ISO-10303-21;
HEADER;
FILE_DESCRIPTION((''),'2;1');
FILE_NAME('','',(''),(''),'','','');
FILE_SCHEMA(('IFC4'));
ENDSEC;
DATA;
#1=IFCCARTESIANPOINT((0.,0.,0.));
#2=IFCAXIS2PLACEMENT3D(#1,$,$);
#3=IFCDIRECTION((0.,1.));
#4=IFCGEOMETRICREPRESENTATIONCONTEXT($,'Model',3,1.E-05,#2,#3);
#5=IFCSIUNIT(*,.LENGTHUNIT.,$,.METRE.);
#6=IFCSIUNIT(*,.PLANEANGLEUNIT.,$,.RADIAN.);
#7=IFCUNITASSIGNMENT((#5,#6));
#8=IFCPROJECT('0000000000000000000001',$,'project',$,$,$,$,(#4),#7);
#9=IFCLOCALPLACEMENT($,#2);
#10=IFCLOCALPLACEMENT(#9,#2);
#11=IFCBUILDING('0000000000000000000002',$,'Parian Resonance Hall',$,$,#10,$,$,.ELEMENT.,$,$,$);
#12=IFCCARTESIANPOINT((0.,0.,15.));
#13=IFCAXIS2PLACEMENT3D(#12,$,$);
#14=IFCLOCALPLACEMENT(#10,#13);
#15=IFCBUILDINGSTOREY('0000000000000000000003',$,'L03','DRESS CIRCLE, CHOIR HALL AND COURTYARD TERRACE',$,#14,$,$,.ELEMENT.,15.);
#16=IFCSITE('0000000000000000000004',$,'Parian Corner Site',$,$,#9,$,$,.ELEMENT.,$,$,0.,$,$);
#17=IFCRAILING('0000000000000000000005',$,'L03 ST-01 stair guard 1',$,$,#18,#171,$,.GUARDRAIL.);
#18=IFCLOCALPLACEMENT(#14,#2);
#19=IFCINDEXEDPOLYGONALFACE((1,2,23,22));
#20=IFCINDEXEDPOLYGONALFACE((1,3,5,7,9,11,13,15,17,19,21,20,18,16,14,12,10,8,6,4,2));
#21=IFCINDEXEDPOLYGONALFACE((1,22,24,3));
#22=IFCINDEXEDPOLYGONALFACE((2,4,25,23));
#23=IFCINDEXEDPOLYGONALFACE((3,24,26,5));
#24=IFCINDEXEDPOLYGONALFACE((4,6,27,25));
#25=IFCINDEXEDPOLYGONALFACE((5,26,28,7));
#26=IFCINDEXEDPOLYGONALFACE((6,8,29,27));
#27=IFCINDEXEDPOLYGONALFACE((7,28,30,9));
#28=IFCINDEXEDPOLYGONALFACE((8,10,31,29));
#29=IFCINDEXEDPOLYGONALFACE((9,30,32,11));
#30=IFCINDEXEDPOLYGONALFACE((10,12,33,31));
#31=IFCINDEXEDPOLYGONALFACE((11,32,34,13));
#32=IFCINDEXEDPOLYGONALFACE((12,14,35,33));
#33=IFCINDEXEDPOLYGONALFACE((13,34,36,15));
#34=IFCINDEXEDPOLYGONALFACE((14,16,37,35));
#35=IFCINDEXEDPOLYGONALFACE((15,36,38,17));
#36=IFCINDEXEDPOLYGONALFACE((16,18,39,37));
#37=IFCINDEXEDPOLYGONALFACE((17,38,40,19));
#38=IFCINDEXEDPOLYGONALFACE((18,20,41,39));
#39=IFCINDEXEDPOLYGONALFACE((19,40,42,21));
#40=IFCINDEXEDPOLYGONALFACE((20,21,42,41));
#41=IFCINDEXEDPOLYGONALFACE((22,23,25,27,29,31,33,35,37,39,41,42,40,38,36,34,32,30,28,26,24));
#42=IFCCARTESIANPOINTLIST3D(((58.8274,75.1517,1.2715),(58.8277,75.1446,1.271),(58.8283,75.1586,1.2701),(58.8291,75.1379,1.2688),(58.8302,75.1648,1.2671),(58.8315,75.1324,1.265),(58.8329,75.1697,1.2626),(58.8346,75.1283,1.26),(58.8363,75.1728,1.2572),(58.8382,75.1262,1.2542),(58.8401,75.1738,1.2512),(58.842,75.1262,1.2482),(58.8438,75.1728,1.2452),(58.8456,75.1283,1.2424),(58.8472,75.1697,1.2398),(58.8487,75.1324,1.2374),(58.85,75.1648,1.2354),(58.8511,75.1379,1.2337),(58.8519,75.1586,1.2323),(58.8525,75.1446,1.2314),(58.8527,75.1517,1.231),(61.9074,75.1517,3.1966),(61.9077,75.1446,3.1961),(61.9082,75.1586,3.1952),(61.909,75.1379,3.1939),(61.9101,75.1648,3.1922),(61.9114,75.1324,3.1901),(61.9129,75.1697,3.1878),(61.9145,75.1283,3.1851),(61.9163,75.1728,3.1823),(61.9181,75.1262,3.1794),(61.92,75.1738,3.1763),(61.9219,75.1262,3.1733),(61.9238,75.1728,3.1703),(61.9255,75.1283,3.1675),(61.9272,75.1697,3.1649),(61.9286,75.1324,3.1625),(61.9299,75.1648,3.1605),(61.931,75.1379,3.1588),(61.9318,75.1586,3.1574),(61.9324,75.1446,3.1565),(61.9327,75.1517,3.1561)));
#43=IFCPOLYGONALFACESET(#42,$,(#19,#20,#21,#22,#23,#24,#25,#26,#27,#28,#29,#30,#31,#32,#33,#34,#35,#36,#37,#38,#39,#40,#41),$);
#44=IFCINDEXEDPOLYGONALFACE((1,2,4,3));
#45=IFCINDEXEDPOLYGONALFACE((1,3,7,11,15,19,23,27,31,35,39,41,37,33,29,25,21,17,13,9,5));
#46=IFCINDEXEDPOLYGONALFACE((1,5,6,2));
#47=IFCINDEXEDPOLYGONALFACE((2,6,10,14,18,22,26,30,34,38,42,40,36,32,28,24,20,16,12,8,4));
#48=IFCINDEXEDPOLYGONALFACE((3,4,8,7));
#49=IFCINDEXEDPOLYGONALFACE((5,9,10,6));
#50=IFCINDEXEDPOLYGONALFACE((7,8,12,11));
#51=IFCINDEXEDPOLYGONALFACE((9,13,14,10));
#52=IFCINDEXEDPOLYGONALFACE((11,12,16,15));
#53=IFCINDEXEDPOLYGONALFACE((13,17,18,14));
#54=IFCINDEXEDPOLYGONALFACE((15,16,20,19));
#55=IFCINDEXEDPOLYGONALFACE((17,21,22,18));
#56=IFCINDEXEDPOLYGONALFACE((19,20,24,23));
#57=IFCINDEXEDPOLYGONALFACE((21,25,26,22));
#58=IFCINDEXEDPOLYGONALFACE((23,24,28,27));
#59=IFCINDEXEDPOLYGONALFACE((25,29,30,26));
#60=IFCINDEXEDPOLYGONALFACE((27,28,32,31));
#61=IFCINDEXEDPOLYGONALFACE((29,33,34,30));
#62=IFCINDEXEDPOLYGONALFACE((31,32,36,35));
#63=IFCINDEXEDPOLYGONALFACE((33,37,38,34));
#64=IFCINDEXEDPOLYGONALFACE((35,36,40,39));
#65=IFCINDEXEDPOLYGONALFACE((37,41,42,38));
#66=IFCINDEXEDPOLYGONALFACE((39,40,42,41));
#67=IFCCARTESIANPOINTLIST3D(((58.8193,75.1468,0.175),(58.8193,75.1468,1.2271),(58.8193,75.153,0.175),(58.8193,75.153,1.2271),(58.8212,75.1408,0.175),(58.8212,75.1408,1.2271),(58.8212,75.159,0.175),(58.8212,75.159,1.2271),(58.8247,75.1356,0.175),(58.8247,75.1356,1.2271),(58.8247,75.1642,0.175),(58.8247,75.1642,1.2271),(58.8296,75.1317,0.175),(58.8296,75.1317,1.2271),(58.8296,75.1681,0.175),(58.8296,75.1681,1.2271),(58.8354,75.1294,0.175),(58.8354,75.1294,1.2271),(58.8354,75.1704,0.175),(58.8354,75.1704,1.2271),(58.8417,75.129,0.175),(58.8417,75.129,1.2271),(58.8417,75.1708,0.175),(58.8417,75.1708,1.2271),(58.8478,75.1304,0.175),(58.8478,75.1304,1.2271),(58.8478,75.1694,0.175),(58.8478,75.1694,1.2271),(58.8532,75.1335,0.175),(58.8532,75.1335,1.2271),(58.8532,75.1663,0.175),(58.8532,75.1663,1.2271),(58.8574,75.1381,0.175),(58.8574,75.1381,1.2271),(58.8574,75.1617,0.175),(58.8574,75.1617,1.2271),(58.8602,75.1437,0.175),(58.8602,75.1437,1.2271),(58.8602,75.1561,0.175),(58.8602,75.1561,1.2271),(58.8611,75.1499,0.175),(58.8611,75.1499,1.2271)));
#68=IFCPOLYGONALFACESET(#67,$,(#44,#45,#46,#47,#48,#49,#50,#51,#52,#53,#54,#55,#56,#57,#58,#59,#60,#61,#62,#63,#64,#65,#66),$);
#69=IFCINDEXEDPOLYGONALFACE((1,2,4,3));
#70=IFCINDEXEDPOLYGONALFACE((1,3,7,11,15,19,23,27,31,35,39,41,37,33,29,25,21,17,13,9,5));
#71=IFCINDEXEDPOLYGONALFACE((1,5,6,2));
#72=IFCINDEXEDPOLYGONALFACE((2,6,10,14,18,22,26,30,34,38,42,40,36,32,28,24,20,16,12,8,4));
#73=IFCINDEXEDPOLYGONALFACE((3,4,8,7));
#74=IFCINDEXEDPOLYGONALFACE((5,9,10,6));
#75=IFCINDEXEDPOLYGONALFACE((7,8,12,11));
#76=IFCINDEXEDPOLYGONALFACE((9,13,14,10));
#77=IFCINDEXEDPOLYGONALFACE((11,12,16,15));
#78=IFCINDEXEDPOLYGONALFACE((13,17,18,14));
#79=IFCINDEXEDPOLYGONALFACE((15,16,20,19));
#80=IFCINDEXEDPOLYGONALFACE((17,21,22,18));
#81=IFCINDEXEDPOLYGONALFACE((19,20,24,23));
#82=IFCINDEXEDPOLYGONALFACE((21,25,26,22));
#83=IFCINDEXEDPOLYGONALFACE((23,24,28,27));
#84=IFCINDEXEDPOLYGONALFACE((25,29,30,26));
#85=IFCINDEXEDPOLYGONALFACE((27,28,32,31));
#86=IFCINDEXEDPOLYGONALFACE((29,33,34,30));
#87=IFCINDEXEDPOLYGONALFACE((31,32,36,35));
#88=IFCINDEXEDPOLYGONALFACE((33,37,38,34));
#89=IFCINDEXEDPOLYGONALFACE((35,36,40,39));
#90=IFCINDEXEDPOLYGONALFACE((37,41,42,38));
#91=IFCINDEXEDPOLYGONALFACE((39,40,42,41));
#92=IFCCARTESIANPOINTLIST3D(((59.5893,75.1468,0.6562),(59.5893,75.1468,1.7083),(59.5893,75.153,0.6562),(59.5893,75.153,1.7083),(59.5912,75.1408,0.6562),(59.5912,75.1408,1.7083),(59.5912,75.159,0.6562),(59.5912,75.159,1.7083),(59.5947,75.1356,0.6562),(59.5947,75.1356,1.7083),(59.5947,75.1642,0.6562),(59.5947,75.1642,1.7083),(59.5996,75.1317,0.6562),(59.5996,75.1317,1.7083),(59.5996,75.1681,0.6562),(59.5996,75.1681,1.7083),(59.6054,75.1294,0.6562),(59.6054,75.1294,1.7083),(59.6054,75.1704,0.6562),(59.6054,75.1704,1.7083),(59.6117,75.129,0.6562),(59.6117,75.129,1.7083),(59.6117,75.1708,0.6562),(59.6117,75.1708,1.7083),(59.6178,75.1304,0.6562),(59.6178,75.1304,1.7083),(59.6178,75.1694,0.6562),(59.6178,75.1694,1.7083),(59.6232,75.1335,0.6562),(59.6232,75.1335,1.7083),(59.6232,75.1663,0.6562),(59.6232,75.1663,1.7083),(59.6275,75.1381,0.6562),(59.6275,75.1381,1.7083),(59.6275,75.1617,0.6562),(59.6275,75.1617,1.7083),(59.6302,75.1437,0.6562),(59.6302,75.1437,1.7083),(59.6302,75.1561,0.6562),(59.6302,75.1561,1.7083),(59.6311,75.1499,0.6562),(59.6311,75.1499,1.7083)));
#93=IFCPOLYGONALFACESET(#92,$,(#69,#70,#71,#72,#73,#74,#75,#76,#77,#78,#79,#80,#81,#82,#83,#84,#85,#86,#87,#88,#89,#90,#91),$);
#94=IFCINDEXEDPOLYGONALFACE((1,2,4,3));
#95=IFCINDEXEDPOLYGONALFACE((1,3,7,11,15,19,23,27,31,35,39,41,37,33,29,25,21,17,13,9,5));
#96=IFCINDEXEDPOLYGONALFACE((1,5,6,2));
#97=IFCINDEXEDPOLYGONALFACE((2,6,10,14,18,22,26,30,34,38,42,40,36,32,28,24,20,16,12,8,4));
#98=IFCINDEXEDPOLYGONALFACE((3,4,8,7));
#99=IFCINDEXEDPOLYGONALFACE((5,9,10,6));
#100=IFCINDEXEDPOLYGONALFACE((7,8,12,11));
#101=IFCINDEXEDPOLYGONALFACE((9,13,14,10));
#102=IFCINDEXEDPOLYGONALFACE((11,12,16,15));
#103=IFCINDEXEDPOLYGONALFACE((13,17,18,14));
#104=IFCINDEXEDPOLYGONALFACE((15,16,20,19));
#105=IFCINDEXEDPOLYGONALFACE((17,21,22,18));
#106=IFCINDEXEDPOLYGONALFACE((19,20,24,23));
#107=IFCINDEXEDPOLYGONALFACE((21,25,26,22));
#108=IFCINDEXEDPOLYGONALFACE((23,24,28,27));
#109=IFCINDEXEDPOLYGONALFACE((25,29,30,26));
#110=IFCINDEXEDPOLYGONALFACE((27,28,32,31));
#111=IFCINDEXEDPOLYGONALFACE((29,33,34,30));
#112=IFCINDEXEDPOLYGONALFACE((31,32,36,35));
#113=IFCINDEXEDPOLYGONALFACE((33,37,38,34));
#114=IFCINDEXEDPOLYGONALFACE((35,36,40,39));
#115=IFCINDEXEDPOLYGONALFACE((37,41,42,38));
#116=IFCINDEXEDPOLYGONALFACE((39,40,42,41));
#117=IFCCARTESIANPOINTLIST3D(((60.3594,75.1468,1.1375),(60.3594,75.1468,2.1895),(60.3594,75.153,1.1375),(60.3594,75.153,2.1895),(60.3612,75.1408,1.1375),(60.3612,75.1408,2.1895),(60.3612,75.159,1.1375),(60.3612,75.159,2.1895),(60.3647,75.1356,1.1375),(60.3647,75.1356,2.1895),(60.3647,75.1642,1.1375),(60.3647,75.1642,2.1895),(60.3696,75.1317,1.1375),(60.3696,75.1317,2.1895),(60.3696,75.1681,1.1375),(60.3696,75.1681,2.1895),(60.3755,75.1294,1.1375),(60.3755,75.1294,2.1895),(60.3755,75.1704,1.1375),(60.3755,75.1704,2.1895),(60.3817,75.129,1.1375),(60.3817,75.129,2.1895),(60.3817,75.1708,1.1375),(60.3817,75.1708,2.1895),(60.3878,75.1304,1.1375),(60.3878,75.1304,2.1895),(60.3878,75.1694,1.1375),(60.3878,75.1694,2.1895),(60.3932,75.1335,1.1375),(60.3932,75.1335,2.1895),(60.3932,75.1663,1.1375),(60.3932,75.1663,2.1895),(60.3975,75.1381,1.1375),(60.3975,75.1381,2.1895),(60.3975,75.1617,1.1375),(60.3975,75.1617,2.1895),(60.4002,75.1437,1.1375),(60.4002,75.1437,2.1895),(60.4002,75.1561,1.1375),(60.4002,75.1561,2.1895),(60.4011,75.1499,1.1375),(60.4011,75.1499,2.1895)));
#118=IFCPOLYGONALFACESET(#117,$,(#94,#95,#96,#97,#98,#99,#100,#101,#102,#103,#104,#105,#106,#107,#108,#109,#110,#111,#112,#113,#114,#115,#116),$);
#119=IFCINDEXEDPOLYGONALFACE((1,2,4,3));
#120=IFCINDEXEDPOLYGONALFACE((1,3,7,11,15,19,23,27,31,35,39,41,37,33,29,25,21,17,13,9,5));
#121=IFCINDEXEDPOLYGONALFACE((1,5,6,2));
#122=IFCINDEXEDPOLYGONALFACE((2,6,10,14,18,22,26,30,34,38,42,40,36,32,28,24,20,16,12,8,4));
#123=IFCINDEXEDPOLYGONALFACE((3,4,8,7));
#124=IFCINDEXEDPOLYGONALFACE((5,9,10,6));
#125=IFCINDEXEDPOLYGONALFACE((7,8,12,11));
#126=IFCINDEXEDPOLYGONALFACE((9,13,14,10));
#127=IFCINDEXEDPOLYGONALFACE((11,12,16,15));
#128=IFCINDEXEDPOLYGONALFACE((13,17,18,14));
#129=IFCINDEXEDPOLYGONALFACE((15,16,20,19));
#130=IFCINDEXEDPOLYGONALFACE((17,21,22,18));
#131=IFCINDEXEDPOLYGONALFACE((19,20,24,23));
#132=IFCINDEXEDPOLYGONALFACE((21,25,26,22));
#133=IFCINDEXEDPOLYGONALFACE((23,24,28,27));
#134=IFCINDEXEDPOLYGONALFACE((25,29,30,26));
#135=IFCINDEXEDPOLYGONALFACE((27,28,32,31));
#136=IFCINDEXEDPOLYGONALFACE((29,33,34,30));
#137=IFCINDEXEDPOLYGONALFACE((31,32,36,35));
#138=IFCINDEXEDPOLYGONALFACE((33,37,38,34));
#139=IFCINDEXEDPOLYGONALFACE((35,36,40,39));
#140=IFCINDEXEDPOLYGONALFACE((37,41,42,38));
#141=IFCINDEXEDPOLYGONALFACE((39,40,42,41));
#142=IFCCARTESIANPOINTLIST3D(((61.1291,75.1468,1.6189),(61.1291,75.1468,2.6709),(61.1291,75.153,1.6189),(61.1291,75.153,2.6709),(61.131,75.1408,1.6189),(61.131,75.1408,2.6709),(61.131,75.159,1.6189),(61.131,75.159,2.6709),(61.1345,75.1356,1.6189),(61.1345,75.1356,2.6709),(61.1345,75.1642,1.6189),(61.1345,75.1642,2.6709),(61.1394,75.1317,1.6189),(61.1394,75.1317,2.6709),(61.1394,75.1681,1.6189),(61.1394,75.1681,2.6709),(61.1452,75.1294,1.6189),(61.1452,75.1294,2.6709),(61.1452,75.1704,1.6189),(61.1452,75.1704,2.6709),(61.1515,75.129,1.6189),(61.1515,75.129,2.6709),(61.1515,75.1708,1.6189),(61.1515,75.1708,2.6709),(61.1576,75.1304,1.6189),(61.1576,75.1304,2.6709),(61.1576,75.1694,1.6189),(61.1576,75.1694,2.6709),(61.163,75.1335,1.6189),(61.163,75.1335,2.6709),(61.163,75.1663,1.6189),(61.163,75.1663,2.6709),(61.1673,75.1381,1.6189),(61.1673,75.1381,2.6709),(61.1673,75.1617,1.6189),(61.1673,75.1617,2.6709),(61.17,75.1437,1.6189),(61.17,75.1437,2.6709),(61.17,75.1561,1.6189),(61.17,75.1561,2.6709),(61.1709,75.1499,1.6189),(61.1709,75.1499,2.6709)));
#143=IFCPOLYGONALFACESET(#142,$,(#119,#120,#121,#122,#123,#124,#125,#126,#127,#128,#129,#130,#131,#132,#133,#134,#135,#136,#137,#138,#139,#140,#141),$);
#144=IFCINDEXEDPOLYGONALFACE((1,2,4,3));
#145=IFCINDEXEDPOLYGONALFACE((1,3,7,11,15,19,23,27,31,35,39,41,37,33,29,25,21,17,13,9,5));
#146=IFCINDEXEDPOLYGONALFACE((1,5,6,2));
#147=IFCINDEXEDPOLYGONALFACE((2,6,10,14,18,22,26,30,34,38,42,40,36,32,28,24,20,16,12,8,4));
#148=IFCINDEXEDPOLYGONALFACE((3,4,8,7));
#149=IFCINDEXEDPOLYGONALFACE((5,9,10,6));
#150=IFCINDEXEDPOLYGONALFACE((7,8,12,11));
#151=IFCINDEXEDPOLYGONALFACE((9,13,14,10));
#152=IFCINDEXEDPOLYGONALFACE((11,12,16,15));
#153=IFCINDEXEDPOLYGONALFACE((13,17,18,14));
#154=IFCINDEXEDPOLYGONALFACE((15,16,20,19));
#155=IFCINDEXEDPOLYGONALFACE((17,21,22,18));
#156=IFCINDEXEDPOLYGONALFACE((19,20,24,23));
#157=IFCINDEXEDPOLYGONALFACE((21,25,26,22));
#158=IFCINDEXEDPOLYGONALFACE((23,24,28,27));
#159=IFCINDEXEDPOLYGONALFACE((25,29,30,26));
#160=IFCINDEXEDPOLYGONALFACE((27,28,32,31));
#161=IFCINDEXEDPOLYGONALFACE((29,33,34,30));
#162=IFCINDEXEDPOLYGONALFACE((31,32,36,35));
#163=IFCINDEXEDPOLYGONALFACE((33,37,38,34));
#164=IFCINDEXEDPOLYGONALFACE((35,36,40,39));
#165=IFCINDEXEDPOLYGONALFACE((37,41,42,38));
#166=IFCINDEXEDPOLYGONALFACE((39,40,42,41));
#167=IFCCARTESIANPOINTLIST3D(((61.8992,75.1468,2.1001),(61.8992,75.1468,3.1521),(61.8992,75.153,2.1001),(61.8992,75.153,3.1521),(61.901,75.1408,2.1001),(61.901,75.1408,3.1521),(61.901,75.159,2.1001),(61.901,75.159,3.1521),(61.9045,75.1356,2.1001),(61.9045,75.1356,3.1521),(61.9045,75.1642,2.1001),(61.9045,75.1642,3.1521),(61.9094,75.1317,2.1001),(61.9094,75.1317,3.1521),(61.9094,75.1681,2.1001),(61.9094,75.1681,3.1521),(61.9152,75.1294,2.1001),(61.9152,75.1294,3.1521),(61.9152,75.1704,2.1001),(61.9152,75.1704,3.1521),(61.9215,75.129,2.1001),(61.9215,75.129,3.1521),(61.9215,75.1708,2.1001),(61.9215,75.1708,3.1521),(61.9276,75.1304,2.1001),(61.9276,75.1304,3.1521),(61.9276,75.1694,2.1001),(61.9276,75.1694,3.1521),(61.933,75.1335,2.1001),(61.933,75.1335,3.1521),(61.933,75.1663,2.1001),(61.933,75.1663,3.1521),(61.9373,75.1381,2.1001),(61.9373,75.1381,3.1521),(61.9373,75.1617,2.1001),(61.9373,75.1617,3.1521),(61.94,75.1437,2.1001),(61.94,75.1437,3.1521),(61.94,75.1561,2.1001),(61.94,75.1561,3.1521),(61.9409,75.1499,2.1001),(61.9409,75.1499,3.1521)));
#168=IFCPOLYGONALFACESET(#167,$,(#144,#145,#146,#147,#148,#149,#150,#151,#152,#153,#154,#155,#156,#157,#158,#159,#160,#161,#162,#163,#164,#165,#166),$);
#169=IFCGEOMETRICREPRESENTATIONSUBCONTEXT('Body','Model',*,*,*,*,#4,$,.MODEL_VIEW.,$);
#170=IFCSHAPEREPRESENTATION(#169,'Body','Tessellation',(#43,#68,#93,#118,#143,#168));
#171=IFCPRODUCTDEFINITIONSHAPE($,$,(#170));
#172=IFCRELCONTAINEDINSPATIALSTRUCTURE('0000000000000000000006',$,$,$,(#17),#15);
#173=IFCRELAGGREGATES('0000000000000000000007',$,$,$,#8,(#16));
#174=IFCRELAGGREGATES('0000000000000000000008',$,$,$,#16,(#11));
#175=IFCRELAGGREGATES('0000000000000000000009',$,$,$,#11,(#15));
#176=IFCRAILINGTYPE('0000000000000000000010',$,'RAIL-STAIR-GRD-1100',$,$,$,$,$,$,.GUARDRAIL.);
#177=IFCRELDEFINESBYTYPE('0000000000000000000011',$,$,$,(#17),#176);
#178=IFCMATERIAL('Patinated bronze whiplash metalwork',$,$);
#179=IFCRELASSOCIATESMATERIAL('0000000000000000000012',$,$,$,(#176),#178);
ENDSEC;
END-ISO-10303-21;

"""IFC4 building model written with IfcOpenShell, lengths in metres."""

from ifc_helpers import new_model, si_unit, direction, frame, origin, origin_2d, place, context, subcontext, project, spatial, circle, extrude, material, type_object, element, save


model = new_model("IFC4")

# Units and contexts
model_context = context("Model", 3, precision=1e-05, world=origin(), true_north=direction((0.0, 1.0)))
body_context = subcontext(model_context, "Body", "Model", "MODEL_VIEW")
ifc_project = project(units=[si_unit("LENGTHUNIT", "METRE"), si_unit("PLANEANGLEUNIT", "RADIAN")], contexts=[model_context])

# Site, building, storey
site_placement = place(None, origin())
site = spatial("IfcSite", under=ifc_project, at=site_placement, Name="Parian Corner Site", CompositionType="ELEMENT", RefElevation=0.0)
building_placement = place(site_placement, origin())
building = spatial("IfcBuilding", under=site, at=building_placement, Name="Parian Resonance Hall", CompositionType="ELEMENT")
storey_placement = place(building_placement, frame((0.0, 0.0, 15.0)))
storey = spatial("IfcBuildingStorey", under=building, at=storey_placement, Name="L03", Description="DRESS CIRCLE, CHOIR HALL AND COURTYARD TERRACE", CompositionType="ELEMENT", Elevation=15.0)

# Railing
ifc_material_1 = material(Name="Patinated bronze whiplash metalwork")
railing_type_1 = type_object("IfcRailingType", Name="RAIL-STAIR-GRD-1100", PredefinedType="GUARDRAIL", material=ifc_material_1)
railing_1_placement = place(storey_placement, frame((58.8401, 75.1499, 0.175)))
element("IfcRailing", 1, at=railing_1_placement, inside=storey, type_object=railing_type_1, Name="L03 ST-01 stair guard 1", PredefinedType="GUARDRAIL", context=body_context, shape_type="SweptSolid", body=[
    extrude(circle(Radius=0.0239, at=origin_2d()), frame((0.0, 0.0, 1.0762), z_axis=(0.847979, 0.0, 0.530029), x_axis=(0.0, 1.0, 0.0)), (0.0, 0.0, 1.0), 3.6321),
    extrude(circle(Radius=0.021, at=origin_2d()), origin(), (0.0, 0.0, 1.0), 1.052),
    extrude(circle(Radius=0.021, at=origin_2d()), frame((0.77, 0.0, 0.4812)), (0.0, 0.0, 1.0), 1.052),
    extrude(circle(Radius=0.021, at=origin_2d()), frame((1.54, 0.0, 0.9624)), (0.0, 0.0, 1.0), 1.052),
    extrude(circle(Radius=0.021, at=origin_2d()), frame((2.3098, 0.0, 1.4438)), (0.0, 0.0, 1.0), 1.052),
    extrude(circle(Radius=0.021, at=origin_2d()), frame((3.0798, 0.0, 1.925)), (0.0, 0.0, 1.0), 1.052),
])

save(model, "model.ifc")
